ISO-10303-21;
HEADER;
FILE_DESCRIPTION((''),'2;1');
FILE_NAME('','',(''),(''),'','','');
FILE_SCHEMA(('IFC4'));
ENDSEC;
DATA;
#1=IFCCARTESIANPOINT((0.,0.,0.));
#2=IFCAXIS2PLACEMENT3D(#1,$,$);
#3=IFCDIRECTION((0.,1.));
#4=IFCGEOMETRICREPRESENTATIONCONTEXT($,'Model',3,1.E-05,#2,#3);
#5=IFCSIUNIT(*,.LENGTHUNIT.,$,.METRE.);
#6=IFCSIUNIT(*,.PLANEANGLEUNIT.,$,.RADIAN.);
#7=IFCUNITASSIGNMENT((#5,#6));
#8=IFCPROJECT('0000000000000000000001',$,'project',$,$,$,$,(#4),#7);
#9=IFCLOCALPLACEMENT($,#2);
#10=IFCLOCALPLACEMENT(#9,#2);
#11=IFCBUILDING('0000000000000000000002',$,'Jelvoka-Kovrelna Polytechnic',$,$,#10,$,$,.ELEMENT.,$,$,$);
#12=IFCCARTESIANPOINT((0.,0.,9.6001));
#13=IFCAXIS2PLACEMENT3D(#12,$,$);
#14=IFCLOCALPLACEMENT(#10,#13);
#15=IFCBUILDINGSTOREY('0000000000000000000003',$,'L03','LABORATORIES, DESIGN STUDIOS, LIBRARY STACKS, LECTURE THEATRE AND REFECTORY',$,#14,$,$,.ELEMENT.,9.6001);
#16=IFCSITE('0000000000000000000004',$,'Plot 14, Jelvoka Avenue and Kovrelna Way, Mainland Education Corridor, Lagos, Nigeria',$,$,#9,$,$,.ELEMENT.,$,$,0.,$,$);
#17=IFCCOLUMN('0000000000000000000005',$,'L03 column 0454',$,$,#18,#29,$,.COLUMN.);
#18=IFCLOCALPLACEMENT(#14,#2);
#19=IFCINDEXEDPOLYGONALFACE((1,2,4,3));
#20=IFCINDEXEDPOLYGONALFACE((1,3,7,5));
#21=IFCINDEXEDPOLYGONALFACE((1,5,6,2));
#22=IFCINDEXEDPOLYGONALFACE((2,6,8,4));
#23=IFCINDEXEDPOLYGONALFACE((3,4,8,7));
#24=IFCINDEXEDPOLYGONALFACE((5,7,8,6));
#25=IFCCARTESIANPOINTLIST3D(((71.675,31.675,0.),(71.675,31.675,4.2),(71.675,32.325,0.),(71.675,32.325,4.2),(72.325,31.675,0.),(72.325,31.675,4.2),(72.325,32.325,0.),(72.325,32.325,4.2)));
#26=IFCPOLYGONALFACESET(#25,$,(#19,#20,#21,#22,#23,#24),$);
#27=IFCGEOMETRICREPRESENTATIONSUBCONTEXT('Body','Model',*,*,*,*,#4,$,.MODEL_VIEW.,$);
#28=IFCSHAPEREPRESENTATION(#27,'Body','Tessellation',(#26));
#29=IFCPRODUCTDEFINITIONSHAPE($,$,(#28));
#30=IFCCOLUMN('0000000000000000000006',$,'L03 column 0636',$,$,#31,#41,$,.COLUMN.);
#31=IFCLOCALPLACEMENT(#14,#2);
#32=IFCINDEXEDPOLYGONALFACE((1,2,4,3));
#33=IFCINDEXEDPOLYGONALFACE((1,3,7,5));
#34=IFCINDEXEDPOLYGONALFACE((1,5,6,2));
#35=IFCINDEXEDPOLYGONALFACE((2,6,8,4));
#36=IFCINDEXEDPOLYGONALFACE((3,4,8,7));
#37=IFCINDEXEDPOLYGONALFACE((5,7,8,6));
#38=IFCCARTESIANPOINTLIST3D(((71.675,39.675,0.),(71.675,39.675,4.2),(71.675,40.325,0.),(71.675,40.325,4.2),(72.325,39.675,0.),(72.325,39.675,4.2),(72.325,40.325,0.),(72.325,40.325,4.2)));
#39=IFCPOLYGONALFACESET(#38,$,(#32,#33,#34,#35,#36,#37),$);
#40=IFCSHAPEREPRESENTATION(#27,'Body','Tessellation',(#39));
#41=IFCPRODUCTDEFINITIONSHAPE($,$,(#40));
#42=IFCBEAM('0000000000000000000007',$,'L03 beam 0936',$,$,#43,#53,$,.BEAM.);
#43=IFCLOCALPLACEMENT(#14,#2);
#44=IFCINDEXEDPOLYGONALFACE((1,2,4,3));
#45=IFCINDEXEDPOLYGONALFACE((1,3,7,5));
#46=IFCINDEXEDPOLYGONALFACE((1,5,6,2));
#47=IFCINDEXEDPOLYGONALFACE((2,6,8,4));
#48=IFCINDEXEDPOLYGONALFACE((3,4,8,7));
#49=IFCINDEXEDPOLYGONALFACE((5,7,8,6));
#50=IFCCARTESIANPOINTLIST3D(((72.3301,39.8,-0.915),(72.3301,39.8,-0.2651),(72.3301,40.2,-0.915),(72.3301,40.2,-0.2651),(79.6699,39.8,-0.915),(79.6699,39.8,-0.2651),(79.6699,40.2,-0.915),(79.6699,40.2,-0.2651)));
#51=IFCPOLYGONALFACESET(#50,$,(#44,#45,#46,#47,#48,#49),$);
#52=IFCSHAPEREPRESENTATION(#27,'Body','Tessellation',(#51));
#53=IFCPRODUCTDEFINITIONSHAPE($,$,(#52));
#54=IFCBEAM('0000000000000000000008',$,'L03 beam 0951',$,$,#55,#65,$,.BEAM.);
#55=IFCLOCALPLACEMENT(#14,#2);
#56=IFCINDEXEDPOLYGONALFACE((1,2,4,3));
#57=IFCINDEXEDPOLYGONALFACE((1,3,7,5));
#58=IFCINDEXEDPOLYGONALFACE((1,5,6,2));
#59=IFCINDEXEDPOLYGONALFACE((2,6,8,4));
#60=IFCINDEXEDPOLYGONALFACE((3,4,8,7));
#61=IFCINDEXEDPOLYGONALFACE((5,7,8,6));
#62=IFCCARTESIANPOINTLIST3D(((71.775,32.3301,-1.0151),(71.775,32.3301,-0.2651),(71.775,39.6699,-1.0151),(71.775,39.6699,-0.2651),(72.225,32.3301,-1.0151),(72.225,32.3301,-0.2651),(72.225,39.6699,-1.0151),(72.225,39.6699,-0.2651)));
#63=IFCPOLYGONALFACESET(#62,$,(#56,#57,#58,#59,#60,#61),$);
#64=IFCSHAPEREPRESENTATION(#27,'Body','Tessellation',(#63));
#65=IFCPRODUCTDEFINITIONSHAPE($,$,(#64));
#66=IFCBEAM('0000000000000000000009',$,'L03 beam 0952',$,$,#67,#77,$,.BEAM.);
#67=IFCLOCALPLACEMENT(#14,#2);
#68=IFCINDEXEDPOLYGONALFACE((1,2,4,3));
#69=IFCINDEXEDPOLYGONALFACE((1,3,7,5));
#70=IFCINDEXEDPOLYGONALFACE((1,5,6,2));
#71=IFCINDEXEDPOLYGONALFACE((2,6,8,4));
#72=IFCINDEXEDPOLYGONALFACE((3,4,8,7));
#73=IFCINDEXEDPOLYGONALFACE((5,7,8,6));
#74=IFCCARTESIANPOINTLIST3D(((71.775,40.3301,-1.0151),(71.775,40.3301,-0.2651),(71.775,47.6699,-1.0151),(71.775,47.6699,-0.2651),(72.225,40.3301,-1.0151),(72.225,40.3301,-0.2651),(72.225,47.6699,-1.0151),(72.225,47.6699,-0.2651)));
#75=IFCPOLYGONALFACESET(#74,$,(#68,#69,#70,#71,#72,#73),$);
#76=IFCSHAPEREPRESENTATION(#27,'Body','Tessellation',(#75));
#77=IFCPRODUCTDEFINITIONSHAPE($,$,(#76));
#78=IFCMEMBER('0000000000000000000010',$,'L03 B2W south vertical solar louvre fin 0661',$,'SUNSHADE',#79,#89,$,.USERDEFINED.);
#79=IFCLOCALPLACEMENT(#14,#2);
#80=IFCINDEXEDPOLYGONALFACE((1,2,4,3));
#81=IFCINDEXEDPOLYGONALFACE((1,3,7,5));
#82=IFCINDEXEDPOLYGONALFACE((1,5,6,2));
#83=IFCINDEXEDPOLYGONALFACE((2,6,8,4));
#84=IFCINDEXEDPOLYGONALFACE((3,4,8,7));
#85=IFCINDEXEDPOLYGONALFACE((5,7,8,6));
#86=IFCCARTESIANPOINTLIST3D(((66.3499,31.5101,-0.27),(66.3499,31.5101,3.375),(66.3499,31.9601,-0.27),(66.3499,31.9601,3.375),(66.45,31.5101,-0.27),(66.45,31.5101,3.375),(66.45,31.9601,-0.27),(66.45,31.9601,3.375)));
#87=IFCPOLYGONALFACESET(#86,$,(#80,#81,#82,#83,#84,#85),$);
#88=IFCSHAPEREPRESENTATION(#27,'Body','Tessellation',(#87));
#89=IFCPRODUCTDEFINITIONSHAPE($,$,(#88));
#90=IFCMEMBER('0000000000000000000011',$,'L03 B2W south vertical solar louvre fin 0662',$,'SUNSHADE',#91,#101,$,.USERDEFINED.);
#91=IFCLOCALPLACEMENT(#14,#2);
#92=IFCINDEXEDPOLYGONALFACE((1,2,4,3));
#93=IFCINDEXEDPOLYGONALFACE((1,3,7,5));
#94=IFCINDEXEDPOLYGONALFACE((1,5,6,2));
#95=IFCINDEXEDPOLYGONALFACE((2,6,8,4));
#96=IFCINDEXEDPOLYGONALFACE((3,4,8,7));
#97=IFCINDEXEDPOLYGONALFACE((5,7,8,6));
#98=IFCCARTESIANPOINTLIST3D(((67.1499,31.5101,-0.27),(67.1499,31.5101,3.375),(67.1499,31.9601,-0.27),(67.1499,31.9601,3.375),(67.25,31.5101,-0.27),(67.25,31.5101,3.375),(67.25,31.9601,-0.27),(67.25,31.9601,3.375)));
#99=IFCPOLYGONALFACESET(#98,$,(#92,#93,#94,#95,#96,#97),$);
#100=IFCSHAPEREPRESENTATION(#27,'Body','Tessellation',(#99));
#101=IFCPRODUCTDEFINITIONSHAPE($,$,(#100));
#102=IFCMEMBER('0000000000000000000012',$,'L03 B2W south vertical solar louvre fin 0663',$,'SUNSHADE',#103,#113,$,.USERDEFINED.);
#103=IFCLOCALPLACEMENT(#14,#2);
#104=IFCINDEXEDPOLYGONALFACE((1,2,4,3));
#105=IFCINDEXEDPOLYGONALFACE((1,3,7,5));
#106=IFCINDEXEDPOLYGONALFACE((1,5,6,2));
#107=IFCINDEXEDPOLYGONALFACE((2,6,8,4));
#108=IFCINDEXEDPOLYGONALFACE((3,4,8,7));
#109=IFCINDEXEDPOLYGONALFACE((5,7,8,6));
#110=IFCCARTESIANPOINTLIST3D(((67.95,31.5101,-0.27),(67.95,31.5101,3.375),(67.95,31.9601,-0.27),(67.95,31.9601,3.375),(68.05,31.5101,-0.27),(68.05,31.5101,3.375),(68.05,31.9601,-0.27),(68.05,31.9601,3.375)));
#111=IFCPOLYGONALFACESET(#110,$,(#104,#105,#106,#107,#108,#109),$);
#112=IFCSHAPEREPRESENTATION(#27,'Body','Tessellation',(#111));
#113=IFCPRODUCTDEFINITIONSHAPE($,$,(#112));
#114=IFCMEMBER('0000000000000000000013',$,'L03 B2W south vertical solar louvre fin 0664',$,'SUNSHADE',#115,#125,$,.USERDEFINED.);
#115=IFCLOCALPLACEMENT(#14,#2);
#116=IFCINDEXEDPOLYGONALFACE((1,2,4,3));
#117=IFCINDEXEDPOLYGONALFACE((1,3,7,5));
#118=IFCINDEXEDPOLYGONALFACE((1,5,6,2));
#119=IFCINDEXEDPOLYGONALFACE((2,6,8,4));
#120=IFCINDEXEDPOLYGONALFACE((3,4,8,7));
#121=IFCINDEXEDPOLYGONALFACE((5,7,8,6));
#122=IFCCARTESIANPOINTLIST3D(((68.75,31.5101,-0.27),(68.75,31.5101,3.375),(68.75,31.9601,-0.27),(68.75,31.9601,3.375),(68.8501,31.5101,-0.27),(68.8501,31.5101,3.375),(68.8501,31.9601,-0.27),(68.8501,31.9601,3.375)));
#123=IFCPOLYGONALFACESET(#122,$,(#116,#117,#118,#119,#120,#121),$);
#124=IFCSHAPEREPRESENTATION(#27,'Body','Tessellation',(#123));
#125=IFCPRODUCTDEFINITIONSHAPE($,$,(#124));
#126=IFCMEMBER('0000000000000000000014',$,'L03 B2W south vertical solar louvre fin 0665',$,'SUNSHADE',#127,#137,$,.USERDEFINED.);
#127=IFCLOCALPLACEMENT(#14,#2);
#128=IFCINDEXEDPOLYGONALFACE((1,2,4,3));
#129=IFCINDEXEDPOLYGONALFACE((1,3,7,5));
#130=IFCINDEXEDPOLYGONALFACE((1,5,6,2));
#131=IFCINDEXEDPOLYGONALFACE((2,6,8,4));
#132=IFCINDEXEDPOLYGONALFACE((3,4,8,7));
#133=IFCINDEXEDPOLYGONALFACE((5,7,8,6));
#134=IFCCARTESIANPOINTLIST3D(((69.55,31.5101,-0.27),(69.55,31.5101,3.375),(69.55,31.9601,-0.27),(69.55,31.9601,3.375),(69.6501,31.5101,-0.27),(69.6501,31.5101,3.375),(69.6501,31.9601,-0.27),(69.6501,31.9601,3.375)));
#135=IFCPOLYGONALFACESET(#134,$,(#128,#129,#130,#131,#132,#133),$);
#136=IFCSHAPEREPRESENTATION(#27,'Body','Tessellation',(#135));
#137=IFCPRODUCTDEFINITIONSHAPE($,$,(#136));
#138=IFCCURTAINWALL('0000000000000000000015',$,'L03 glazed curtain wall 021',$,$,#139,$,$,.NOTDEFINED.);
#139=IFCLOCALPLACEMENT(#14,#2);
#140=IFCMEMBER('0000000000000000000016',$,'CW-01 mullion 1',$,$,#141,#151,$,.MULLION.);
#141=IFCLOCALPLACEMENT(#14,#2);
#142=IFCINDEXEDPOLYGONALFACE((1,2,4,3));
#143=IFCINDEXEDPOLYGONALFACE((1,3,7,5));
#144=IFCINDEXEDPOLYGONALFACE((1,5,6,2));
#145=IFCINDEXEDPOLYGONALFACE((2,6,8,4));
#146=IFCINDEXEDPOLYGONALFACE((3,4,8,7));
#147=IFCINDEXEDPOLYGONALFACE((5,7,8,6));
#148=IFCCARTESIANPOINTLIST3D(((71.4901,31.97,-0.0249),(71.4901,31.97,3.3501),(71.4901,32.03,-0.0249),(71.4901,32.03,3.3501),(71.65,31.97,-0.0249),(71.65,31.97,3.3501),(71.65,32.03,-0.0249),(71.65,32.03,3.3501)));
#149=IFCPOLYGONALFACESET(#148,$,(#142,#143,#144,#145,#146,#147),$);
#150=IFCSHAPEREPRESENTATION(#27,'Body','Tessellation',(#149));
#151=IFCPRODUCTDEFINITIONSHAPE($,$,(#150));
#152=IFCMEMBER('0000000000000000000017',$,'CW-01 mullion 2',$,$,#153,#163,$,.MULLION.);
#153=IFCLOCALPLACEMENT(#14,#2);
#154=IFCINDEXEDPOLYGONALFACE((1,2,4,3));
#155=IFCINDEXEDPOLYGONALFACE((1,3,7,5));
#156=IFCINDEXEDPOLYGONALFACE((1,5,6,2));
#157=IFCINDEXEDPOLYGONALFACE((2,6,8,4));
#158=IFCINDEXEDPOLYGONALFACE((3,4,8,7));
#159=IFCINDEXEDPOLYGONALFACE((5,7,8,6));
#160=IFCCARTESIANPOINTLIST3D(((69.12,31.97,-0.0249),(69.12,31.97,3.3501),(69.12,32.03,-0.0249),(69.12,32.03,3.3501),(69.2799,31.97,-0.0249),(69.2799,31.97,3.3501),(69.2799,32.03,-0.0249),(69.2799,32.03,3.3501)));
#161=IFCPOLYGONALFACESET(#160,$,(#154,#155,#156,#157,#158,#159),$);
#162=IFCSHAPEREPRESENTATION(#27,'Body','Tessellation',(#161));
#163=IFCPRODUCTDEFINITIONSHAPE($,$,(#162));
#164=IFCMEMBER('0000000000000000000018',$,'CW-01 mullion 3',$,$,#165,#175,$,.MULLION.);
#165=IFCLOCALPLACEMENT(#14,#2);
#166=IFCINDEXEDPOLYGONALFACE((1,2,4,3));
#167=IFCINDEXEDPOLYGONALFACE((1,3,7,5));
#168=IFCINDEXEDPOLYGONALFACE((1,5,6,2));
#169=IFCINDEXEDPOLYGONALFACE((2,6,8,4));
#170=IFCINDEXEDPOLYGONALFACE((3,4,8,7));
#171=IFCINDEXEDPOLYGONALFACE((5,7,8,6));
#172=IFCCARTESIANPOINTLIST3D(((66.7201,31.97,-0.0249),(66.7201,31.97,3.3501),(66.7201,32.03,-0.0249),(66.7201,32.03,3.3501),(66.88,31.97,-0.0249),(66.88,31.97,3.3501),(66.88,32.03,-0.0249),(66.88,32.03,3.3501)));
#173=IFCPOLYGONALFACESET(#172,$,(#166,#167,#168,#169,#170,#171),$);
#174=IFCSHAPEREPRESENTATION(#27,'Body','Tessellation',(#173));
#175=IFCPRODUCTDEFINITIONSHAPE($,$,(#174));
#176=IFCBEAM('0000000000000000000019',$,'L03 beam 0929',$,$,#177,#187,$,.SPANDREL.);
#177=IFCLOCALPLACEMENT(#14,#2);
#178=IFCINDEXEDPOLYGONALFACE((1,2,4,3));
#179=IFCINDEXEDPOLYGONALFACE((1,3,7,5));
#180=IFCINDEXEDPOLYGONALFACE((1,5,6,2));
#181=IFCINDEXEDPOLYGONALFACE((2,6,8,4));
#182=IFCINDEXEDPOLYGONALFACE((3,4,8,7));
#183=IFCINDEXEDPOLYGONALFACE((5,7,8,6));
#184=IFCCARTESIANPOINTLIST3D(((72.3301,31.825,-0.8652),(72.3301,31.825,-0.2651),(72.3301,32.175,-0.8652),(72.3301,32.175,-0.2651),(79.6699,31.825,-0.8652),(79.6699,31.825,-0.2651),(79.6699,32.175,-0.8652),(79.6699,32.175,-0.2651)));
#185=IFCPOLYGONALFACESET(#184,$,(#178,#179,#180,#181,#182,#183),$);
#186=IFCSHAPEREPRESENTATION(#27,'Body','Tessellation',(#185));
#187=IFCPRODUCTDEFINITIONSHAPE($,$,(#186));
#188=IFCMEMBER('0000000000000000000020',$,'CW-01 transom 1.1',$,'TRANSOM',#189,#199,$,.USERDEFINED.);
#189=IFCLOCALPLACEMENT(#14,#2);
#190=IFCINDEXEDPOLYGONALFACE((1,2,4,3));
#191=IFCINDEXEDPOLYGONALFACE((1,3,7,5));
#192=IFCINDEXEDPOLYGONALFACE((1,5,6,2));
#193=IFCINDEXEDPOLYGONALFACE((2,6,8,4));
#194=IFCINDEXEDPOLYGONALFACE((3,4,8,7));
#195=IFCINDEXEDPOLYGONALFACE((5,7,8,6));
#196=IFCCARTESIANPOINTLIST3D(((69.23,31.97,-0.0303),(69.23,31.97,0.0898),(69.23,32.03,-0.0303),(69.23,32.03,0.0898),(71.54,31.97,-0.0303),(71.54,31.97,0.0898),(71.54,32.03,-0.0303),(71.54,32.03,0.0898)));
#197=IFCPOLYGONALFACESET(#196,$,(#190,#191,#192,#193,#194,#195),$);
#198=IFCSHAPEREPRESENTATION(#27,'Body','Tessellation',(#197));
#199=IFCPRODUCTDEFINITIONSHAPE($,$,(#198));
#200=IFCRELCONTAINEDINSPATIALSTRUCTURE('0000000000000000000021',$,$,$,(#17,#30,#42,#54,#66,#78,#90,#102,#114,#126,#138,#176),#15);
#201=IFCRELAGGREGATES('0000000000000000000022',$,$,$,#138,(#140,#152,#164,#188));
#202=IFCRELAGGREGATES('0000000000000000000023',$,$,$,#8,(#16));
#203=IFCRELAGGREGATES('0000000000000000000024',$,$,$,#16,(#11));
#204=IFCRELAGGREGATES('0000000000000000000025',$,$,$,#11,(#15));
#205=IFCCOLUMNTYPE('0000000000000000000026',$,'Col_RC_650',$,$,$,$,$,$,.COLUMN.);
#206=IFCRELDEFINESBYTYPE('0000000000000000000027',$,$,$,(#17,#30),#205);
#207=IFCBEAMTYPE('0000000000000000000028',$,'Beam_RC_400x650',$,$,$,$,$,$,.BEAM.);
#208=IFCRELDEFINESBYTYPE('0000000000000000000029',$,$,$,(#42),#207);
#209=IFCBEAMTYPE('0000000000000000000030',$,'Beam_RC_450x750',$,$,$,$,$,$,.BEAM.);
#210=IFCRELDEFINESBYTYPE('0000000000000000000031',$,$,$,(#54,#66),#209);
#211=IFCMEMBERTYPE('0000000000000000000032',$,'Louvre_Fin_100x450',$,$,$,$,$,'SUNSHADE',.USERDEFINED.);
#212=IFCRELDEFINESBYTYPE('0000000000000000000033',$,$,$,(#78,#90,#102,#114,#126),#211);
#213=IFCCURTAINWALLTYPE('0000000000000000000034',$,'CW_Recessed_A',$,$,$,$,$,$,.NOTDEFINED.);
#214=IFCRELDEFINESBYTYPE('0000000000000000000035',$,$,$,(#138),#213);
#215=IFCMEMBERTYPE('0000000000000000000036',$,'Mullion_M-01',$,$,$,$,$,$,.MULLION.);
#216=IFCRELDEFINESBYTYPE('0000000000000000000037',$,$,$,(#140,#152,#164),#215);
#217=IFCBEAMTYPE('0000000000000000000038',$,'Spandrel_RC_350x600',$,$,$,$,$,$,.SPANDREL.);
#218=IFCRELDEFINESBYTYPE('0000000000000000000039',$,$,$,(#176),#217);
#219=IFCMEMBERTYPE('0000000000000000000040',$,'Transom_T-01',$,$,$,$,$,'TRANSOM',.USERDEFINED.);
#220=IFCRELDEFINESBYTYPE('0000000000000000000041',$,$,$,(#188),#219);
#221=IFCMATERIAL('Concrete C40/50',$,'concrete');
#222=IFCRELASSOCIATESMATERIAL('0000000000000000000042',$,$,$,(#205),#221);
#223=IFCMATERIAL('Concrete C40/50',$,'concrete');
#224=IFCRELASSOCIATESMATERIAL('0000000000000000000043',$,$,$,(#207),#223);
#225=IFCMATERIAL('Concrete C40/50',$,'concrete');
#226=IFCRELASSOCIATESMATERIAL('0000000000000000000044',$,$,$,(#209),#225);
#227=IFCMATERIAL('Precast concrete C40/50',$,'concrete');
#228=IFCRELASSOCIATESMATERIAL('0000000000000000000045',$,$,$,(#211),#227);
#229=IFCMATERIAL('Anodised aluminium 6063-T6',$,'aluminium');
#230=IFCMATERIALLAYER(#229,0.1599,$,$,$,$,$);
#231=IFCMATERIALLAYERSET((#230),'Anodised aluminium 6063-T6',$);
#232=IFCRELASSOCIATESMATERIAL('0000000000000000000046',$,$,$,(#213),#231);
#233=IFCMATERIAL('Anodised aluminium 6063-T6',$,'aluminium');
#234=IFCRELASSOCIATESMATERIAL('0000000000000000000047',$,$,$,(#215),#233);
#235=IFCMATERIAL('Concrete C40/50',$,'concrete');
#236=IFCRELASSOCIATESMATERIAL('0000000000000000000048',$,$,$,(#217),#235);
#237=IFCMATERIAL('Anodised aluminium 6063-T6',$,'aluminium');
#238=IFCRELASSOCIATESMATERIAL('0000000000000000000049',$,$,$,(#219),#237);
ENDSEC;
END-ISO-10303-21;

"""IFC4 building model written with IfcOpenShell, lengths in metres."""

from ifc_helpers import new_model, si_unit, direction, frame, origin, origin_2d, place, context, subcontext, project, spatial, rectangle, extrude, material, layer, layer_set, material_profile, profile_set, type_object, element, aggregate, save


model = new_model("IFC4")

# Units and contexts
model_context = context("Model", 3, precision=1e-05, world=origin(), true_north=direction((0.0, 1.0)))
body_context = subcontext(model_context, "Body", "Model", "MODEL_VIEW")
ifc_project = project(units=[si_unit("LENGTHUNIT", "METRE"), si_unit("PLANEANGLEUNIT", "RADIAN")], contexts=[model_context])

# Site, building, storey
site_placement = place(None, origin())
site = spatial("IfcSite", under=ifc_project, at=site_placement, Name="Plot 14, Jelvoka Avenue and Kovrelna Way, Mainland Education Corridor, Lagos, Nigeria", CompositionType="ELEMENT", RefElevation=0.0)
building_placement = place(site_placement, origin())
building = spatial("IfcBuilding", under=site, at=building_placement, Name="Jelvoka-Kovrelna Polytechnic", CompositionType="ELEMENT")
storey_placement = place(building_placement, frame((0.0, 0.0, 9.6001)))
storey = spatial("IfcBuildingStorey", under=building, at=storey_placement, Name="L03", Description="LABORATORIES, DESIGN STUDIOS, LIBRARY STACKS, LECTURE THEATRE AND REFECTORY", CompositionType="ELEMENT", Elevation=9.6001)

# Columns
ifc_material_1 = material(Name="Concrete C40/50", Category="concrete")
ifc_material_profile_1 = material_profile(ifc_material_1, rectangle(XDim=0.6499, YDim=0.6499, at=origin_2d()), Name="RC 650x650")
ifc_profile_set_1 = profile_set([ifc_material_profile_1], Name="Concrete C40/50")
column_type = type_object("IfcColumnType", Name="Col_RC_650", PredefinedType="COLUMN", material=ifc_profile_set_1)
for number, where, z_axis, x_axis, name in (
    (1, (72.0, 32.0, 0.0), (0.0, 0.0, 1.0), (1.0, 0.0, 0.0), "L03 column 0454"),
    (2, (72.0, 40.0, 0.0), (0.0, 0.0, 1.0), (1.0, 0.0, 0.0), "L03 column 0636"),
):
    element("IfcColumn", number, at=place(storey_placement, frame(where, z_axis=z_axis, x_axis=x_axis)), inside=storey, type_object=column_type, Name=name, PredefinedType="COLUMN", context=body_context, shape_type="SweptSolid", body=[
        extrude(rectangle(XDim=0.6499, YDim=0.6499, at=origin_2d()), origin(), (0.0, 0.0, 1.0), 4.2),
    ])

# Beams
ifc_material_2 = material(Name="Concrete C40/50", Category="concrete")
ifc_material_profile_2 = material_profile(ifc_material_2, rectangle(XDim=0.3999, YDim=0.6499, at=origin_2d()), Name="RC 400x650")
ifc_profile_set_2 = profile_set([ifc_material_profile_2], Name="Concrete C40/50")
beam_type_1 = type_object("IfcBeamType", Name="Beam_RC_400x650", PredefinedType="BEAM", material=ifc_profile_set_2)
beam_1_placement = place(storey_placement, frame((72.3301, 40.0, -0.5901), z_axis=(1.0, 0.0, 0.0), x_axis=(0.0, 1.0, 0.0)))
element("IfcBeam", 3, at=beam_1_placement, inside=storey, type_object=beam_type_1, Name="L03 beam 0936", PredefinedType="BEAM", context=body_context, shape_type="SweptSolid", body=[
    extrude(rectangle(XDim=0.3999, YDim=0.6499, at=origin_2d()), origin(), (0.0, 0.0, 1.0), 7.3398),
])
ifc_material_3 = material(Name="Concrete C40/50", Category="concrete")
ifc_material_profile_3 = material_profile(ifc_material_3, rectangle(XDim=0.45, YDim=0.75, at=origin_2d()), Name="RC 450x750")
ifc_profile_set_3 = profile_set([ifc_material_profile_3], Name="Concrete C40/50")
beam_type_2 = type_object("IfcBeamType", Name="Beam_RC_450x750", PredefinedType="BEAM", material=ifc_profile_set_3)
for number, where, z_axis, x_axis, name in (
    (4, (72.0, 32.3301, -0.6401), (0.0, 1.0, 0.0), (-1.0, 0.0, 0.0), "L03 beam 0951"),
    (5, (72.0, 40.3301, -0.6401), (0.0, 1.0, 0.0), (-1.0, 0.0, 0.0), "L03 beam 0952"),
):
    element("IfcBeam", number, at=place(storey_placement, frame(where, z_axis=z_axis, x_axis=x_axis)), inside=storey, type_object=beam_type_2, Name=name, PredefinedType="BEAM", context=body_context, shape_type="SweptSolid", body=[
        extrude(rectangle(XDim=0.45, YDim=0.75, at=origin_2d()), origin(), (0.0, 0.0, 1.0), 7.3398),
    ])

# Members
ifc_material_4 = material(Name="Precast concrete C40/50", Category="concrete")
ifc_material_profile_4 = material_profile(ifc_material_4, rectangle(XDim=0.1001, YDim=0.45, at=origin_2d()), Name="PC 100x450")
ifc_profile_set_4 = profile_set([ifc_material_profile_4], Name="Precast concrete C40/50")
member_type_1 = type_object("IfcMemberType", Name="Louvre_Fin_100x450", ElementType="SUNSHADE", PredefinedType="USERDEFINED", material=ifc_profile_set_4)
for number, where, z_axis, x_axis, name in (
    (6, (66.3999, 31.7351, -0.27), (0.0, 0.0, 1.0), (1.0, 0.0, 0.0), "L03 B2W south vertical solar louvre fin 0661"),
    (7, (67.2, 31.7351, -0.27), (0.0, 0.0, 1.0), (1.0, 0.0, 0.0), "L03 B2W south vertical solar louvre fin 0662"),
    (8, (68.0, 31.7351, -0.27), (0.0, 0.0, 1.0), (1.0, 0.0, 0.0), "L03 B2W south vertical solar louvre fin 0663"),
    (9, (68.8, 31.7351, -0.27), (0.0, 0.0, 1.0), (1.0, 0.0, 0.0), "L03 B2W south vertical solar louvre fin 0664"),
    (10, (69.6001, 31.7351, -0.27), (0.0, 0.0, 1.0), (1.0, 0.0, 0.0), "L03 B2W south vertical solar louvre fin 0665"),
):
    element("IfcMember", number, at=place(storey_placement, frame(where, z_axis=z_axis, x_axis=x_axis)), inside=storey, type_object=member_type_1, Name=name, ObjectType="SUNSHADE", PredefinedType="USERDEFINED", context=body_context, shape_type="SweptSolid", body=[
        extrude(rectangle(XDim=0.1001, YDim=0.45, at=origin_2d()), origin(), (0.0, 0.0, 1.0), 3.645),
    ])

# Curtain wall, members
ifc_material_5 = material(Name="Anodised aluminium 6063-T6", Category="aluminium")
ifc_layer_1 = layer(ifc_material_5, 0.1599)
ifc_layer_set_1 = layer_set([ifc_layer_1], Name="Anodised aluminium 6063-T6")
curtain_wall_type = type_object("IfcCurtainWallType", Name="CW_Recessed_A", PredefinedType="NOTDEFINED", material=ifc_layer_set_1)
curtain_wall_1_placement = place(storey_placement, origin())
curtain_wall_1 = element("IfcCurtainWall", 11, at=curtain_wall_1_placement, inside=storey, type_object=curtain_wall_type, Name="L03 glazed curtain wall 021", PredefinedType="NOTDEFINED")
ifc_material_6 = material(Name="Anodised aluminium 6063-T6", Category="aluminium")
ifc_material_profile_5 = material_profile(ifc_material_6, rectangle(XDim=0.0601, YDim=0.1599, at=origin_2d()), Name="ALU 60x160")
ifc_profile_set_5 = profile_set([ifc_material_profile_5], Name="Anodised aluminium 6063-T6")
member_type_2 = type_object("IfcMemberType", Name="Mullion_M-01", PredefinedType="MULLION", material=ifc_profile_set_5)
member_1_placement = place(storey_placement, frame((71.5701, 32.0, -0.0249), z_axis=(0.0, 0.0, 1.0), x_axis=(0.0, -1.0, 0.0)))
member_1 = element("IfcMember", 12, at=member_1_placement, type_object=member_type_2, Name="CW-01 mullion 1", PredefinedType="MULLION", context=body_context, shape_type="SweptSolid", body=[
    extrude(rectangle(XDim=0.0601, YDim=0.1599, at=origin_2d()), origin(), (0.0, 0.0, 1.0), 3.375),
])
member_2_placement = place(storey_placement, frame((69.2, 32.0, -0.0249), z_axis=(0.0, 0.0, 1.0), x_axis=(0.0, -1.0, 0.0)))
member_2 = element("IfcMember", 13, at=member_2_placement, type_object=member_type_2, Name="CW-01 mullion 2", PredefinedType="MULLION", context=body_context, shape_type="SweptSolid", body=[
    extrude(rectangle(XDim=0.0601, YDim=0.1599, at=origin_2d()), origin(), (0.0, 0.0, 1.0), 3.375),
])
member_3_placement = place(storey_placement, frame((66.8, 32.0, -0.0249), z_axis=(0.0, 0.0, 1.0), x_axis=(0.0, -1.0, 0.0)))
member_3 = element("IfcMember", 14, at=member_3_placement, type_object=member_type_2, Name="CW-01 mullion 3", PredefinedType="MULLION", context=body_context, shape_type="SweptSolid", body=[
    extrude(rectangle(XDim=0.0601, YDim=0.1599, at=origin_2d()), origin(), (0.0, 0.0, 1.0), 3.375),
])

# Beam
ifc_material_7 = material(Name="Concrete C40/50", Category="concrete")
ifc_material_profile_6 = material_profile(ifc_material_7, rectangle(XDim=0.3501, YDim=0.6001, at=origin_2d()), Name="RC 350x600")
ifc_profile_set_6 = profile_set([ifc_material_profile_6], Name="Concrete C40/50")
beam_type_3 = type_object("IfcBeamType", Name="Spandrel_RC_350x600", PredefinedType="SPANDREL", material=ifc_profile_set_6)
beam_2_placement = place(storey_placement, frame((72.3301, 32.0, -0.5652), z_axis=(1.0, 0.0, 0.0), x_axis=(0.0, 1.0, 0.0)))
element("IfcBeam", 15, at=beam_2_placement, inside=storey, type_object=beam_type_3, Name="L03 beam 0929", PredefinedType="SPANDREL", context=body_context, shape_type="SweptSolid", body=[
    extrude(rectangle(XDim=0.3501, YDim=0.6001, at=origin_2d()), origin(), (0.0, 0.0, 1.0), 7.3398),
])

# Member
ifc_material_8 = material(Name="Anodised aluminium 6063-T6", Category="aluminium")
ifc_material_profile_7 = material_profile(ifc_material_8, rectangle(XDim=0.0601, YDim=0.1201, at=origin_2d()), Name="ALU 60x120")
ifc_profile_set_7 = profile_set([ifc_material_profile_7], Name="Anodised aluminium 6063-T6")
member_type_3 = type_object("IfcMemberType", Name="Transom_T-01", ElementType="TRANSOM", PredefinedType="USERDEFINED", material=ifc_profile_set_7)
member_4_placement = place(storey_placement, frame((71.54, 32.0, 0.0298), z_axis=(-1.0, 0.0, 0.0), x_axis=(0.0, -1.0, 0.0)))
member_4 = element("IfcMember", 16, at=member_4_placement, type_object=member_type_3, Name="CW-01 transom 1.1", ObjectType="TRANSOM", PredefinedType="USERDEFINED", context=body_context, shape_type="SweptSolid", body=[
    extrude(rectangle(XDim=0.0601, YDim=0.1201, at=origin_2d()), origin(), (0.0, 0.0, 1.0), 2.3101),
])

aggregate(curtain_wall_1, [member_1, member_2, member_3, member_4])

save(model, "model.ifc")
